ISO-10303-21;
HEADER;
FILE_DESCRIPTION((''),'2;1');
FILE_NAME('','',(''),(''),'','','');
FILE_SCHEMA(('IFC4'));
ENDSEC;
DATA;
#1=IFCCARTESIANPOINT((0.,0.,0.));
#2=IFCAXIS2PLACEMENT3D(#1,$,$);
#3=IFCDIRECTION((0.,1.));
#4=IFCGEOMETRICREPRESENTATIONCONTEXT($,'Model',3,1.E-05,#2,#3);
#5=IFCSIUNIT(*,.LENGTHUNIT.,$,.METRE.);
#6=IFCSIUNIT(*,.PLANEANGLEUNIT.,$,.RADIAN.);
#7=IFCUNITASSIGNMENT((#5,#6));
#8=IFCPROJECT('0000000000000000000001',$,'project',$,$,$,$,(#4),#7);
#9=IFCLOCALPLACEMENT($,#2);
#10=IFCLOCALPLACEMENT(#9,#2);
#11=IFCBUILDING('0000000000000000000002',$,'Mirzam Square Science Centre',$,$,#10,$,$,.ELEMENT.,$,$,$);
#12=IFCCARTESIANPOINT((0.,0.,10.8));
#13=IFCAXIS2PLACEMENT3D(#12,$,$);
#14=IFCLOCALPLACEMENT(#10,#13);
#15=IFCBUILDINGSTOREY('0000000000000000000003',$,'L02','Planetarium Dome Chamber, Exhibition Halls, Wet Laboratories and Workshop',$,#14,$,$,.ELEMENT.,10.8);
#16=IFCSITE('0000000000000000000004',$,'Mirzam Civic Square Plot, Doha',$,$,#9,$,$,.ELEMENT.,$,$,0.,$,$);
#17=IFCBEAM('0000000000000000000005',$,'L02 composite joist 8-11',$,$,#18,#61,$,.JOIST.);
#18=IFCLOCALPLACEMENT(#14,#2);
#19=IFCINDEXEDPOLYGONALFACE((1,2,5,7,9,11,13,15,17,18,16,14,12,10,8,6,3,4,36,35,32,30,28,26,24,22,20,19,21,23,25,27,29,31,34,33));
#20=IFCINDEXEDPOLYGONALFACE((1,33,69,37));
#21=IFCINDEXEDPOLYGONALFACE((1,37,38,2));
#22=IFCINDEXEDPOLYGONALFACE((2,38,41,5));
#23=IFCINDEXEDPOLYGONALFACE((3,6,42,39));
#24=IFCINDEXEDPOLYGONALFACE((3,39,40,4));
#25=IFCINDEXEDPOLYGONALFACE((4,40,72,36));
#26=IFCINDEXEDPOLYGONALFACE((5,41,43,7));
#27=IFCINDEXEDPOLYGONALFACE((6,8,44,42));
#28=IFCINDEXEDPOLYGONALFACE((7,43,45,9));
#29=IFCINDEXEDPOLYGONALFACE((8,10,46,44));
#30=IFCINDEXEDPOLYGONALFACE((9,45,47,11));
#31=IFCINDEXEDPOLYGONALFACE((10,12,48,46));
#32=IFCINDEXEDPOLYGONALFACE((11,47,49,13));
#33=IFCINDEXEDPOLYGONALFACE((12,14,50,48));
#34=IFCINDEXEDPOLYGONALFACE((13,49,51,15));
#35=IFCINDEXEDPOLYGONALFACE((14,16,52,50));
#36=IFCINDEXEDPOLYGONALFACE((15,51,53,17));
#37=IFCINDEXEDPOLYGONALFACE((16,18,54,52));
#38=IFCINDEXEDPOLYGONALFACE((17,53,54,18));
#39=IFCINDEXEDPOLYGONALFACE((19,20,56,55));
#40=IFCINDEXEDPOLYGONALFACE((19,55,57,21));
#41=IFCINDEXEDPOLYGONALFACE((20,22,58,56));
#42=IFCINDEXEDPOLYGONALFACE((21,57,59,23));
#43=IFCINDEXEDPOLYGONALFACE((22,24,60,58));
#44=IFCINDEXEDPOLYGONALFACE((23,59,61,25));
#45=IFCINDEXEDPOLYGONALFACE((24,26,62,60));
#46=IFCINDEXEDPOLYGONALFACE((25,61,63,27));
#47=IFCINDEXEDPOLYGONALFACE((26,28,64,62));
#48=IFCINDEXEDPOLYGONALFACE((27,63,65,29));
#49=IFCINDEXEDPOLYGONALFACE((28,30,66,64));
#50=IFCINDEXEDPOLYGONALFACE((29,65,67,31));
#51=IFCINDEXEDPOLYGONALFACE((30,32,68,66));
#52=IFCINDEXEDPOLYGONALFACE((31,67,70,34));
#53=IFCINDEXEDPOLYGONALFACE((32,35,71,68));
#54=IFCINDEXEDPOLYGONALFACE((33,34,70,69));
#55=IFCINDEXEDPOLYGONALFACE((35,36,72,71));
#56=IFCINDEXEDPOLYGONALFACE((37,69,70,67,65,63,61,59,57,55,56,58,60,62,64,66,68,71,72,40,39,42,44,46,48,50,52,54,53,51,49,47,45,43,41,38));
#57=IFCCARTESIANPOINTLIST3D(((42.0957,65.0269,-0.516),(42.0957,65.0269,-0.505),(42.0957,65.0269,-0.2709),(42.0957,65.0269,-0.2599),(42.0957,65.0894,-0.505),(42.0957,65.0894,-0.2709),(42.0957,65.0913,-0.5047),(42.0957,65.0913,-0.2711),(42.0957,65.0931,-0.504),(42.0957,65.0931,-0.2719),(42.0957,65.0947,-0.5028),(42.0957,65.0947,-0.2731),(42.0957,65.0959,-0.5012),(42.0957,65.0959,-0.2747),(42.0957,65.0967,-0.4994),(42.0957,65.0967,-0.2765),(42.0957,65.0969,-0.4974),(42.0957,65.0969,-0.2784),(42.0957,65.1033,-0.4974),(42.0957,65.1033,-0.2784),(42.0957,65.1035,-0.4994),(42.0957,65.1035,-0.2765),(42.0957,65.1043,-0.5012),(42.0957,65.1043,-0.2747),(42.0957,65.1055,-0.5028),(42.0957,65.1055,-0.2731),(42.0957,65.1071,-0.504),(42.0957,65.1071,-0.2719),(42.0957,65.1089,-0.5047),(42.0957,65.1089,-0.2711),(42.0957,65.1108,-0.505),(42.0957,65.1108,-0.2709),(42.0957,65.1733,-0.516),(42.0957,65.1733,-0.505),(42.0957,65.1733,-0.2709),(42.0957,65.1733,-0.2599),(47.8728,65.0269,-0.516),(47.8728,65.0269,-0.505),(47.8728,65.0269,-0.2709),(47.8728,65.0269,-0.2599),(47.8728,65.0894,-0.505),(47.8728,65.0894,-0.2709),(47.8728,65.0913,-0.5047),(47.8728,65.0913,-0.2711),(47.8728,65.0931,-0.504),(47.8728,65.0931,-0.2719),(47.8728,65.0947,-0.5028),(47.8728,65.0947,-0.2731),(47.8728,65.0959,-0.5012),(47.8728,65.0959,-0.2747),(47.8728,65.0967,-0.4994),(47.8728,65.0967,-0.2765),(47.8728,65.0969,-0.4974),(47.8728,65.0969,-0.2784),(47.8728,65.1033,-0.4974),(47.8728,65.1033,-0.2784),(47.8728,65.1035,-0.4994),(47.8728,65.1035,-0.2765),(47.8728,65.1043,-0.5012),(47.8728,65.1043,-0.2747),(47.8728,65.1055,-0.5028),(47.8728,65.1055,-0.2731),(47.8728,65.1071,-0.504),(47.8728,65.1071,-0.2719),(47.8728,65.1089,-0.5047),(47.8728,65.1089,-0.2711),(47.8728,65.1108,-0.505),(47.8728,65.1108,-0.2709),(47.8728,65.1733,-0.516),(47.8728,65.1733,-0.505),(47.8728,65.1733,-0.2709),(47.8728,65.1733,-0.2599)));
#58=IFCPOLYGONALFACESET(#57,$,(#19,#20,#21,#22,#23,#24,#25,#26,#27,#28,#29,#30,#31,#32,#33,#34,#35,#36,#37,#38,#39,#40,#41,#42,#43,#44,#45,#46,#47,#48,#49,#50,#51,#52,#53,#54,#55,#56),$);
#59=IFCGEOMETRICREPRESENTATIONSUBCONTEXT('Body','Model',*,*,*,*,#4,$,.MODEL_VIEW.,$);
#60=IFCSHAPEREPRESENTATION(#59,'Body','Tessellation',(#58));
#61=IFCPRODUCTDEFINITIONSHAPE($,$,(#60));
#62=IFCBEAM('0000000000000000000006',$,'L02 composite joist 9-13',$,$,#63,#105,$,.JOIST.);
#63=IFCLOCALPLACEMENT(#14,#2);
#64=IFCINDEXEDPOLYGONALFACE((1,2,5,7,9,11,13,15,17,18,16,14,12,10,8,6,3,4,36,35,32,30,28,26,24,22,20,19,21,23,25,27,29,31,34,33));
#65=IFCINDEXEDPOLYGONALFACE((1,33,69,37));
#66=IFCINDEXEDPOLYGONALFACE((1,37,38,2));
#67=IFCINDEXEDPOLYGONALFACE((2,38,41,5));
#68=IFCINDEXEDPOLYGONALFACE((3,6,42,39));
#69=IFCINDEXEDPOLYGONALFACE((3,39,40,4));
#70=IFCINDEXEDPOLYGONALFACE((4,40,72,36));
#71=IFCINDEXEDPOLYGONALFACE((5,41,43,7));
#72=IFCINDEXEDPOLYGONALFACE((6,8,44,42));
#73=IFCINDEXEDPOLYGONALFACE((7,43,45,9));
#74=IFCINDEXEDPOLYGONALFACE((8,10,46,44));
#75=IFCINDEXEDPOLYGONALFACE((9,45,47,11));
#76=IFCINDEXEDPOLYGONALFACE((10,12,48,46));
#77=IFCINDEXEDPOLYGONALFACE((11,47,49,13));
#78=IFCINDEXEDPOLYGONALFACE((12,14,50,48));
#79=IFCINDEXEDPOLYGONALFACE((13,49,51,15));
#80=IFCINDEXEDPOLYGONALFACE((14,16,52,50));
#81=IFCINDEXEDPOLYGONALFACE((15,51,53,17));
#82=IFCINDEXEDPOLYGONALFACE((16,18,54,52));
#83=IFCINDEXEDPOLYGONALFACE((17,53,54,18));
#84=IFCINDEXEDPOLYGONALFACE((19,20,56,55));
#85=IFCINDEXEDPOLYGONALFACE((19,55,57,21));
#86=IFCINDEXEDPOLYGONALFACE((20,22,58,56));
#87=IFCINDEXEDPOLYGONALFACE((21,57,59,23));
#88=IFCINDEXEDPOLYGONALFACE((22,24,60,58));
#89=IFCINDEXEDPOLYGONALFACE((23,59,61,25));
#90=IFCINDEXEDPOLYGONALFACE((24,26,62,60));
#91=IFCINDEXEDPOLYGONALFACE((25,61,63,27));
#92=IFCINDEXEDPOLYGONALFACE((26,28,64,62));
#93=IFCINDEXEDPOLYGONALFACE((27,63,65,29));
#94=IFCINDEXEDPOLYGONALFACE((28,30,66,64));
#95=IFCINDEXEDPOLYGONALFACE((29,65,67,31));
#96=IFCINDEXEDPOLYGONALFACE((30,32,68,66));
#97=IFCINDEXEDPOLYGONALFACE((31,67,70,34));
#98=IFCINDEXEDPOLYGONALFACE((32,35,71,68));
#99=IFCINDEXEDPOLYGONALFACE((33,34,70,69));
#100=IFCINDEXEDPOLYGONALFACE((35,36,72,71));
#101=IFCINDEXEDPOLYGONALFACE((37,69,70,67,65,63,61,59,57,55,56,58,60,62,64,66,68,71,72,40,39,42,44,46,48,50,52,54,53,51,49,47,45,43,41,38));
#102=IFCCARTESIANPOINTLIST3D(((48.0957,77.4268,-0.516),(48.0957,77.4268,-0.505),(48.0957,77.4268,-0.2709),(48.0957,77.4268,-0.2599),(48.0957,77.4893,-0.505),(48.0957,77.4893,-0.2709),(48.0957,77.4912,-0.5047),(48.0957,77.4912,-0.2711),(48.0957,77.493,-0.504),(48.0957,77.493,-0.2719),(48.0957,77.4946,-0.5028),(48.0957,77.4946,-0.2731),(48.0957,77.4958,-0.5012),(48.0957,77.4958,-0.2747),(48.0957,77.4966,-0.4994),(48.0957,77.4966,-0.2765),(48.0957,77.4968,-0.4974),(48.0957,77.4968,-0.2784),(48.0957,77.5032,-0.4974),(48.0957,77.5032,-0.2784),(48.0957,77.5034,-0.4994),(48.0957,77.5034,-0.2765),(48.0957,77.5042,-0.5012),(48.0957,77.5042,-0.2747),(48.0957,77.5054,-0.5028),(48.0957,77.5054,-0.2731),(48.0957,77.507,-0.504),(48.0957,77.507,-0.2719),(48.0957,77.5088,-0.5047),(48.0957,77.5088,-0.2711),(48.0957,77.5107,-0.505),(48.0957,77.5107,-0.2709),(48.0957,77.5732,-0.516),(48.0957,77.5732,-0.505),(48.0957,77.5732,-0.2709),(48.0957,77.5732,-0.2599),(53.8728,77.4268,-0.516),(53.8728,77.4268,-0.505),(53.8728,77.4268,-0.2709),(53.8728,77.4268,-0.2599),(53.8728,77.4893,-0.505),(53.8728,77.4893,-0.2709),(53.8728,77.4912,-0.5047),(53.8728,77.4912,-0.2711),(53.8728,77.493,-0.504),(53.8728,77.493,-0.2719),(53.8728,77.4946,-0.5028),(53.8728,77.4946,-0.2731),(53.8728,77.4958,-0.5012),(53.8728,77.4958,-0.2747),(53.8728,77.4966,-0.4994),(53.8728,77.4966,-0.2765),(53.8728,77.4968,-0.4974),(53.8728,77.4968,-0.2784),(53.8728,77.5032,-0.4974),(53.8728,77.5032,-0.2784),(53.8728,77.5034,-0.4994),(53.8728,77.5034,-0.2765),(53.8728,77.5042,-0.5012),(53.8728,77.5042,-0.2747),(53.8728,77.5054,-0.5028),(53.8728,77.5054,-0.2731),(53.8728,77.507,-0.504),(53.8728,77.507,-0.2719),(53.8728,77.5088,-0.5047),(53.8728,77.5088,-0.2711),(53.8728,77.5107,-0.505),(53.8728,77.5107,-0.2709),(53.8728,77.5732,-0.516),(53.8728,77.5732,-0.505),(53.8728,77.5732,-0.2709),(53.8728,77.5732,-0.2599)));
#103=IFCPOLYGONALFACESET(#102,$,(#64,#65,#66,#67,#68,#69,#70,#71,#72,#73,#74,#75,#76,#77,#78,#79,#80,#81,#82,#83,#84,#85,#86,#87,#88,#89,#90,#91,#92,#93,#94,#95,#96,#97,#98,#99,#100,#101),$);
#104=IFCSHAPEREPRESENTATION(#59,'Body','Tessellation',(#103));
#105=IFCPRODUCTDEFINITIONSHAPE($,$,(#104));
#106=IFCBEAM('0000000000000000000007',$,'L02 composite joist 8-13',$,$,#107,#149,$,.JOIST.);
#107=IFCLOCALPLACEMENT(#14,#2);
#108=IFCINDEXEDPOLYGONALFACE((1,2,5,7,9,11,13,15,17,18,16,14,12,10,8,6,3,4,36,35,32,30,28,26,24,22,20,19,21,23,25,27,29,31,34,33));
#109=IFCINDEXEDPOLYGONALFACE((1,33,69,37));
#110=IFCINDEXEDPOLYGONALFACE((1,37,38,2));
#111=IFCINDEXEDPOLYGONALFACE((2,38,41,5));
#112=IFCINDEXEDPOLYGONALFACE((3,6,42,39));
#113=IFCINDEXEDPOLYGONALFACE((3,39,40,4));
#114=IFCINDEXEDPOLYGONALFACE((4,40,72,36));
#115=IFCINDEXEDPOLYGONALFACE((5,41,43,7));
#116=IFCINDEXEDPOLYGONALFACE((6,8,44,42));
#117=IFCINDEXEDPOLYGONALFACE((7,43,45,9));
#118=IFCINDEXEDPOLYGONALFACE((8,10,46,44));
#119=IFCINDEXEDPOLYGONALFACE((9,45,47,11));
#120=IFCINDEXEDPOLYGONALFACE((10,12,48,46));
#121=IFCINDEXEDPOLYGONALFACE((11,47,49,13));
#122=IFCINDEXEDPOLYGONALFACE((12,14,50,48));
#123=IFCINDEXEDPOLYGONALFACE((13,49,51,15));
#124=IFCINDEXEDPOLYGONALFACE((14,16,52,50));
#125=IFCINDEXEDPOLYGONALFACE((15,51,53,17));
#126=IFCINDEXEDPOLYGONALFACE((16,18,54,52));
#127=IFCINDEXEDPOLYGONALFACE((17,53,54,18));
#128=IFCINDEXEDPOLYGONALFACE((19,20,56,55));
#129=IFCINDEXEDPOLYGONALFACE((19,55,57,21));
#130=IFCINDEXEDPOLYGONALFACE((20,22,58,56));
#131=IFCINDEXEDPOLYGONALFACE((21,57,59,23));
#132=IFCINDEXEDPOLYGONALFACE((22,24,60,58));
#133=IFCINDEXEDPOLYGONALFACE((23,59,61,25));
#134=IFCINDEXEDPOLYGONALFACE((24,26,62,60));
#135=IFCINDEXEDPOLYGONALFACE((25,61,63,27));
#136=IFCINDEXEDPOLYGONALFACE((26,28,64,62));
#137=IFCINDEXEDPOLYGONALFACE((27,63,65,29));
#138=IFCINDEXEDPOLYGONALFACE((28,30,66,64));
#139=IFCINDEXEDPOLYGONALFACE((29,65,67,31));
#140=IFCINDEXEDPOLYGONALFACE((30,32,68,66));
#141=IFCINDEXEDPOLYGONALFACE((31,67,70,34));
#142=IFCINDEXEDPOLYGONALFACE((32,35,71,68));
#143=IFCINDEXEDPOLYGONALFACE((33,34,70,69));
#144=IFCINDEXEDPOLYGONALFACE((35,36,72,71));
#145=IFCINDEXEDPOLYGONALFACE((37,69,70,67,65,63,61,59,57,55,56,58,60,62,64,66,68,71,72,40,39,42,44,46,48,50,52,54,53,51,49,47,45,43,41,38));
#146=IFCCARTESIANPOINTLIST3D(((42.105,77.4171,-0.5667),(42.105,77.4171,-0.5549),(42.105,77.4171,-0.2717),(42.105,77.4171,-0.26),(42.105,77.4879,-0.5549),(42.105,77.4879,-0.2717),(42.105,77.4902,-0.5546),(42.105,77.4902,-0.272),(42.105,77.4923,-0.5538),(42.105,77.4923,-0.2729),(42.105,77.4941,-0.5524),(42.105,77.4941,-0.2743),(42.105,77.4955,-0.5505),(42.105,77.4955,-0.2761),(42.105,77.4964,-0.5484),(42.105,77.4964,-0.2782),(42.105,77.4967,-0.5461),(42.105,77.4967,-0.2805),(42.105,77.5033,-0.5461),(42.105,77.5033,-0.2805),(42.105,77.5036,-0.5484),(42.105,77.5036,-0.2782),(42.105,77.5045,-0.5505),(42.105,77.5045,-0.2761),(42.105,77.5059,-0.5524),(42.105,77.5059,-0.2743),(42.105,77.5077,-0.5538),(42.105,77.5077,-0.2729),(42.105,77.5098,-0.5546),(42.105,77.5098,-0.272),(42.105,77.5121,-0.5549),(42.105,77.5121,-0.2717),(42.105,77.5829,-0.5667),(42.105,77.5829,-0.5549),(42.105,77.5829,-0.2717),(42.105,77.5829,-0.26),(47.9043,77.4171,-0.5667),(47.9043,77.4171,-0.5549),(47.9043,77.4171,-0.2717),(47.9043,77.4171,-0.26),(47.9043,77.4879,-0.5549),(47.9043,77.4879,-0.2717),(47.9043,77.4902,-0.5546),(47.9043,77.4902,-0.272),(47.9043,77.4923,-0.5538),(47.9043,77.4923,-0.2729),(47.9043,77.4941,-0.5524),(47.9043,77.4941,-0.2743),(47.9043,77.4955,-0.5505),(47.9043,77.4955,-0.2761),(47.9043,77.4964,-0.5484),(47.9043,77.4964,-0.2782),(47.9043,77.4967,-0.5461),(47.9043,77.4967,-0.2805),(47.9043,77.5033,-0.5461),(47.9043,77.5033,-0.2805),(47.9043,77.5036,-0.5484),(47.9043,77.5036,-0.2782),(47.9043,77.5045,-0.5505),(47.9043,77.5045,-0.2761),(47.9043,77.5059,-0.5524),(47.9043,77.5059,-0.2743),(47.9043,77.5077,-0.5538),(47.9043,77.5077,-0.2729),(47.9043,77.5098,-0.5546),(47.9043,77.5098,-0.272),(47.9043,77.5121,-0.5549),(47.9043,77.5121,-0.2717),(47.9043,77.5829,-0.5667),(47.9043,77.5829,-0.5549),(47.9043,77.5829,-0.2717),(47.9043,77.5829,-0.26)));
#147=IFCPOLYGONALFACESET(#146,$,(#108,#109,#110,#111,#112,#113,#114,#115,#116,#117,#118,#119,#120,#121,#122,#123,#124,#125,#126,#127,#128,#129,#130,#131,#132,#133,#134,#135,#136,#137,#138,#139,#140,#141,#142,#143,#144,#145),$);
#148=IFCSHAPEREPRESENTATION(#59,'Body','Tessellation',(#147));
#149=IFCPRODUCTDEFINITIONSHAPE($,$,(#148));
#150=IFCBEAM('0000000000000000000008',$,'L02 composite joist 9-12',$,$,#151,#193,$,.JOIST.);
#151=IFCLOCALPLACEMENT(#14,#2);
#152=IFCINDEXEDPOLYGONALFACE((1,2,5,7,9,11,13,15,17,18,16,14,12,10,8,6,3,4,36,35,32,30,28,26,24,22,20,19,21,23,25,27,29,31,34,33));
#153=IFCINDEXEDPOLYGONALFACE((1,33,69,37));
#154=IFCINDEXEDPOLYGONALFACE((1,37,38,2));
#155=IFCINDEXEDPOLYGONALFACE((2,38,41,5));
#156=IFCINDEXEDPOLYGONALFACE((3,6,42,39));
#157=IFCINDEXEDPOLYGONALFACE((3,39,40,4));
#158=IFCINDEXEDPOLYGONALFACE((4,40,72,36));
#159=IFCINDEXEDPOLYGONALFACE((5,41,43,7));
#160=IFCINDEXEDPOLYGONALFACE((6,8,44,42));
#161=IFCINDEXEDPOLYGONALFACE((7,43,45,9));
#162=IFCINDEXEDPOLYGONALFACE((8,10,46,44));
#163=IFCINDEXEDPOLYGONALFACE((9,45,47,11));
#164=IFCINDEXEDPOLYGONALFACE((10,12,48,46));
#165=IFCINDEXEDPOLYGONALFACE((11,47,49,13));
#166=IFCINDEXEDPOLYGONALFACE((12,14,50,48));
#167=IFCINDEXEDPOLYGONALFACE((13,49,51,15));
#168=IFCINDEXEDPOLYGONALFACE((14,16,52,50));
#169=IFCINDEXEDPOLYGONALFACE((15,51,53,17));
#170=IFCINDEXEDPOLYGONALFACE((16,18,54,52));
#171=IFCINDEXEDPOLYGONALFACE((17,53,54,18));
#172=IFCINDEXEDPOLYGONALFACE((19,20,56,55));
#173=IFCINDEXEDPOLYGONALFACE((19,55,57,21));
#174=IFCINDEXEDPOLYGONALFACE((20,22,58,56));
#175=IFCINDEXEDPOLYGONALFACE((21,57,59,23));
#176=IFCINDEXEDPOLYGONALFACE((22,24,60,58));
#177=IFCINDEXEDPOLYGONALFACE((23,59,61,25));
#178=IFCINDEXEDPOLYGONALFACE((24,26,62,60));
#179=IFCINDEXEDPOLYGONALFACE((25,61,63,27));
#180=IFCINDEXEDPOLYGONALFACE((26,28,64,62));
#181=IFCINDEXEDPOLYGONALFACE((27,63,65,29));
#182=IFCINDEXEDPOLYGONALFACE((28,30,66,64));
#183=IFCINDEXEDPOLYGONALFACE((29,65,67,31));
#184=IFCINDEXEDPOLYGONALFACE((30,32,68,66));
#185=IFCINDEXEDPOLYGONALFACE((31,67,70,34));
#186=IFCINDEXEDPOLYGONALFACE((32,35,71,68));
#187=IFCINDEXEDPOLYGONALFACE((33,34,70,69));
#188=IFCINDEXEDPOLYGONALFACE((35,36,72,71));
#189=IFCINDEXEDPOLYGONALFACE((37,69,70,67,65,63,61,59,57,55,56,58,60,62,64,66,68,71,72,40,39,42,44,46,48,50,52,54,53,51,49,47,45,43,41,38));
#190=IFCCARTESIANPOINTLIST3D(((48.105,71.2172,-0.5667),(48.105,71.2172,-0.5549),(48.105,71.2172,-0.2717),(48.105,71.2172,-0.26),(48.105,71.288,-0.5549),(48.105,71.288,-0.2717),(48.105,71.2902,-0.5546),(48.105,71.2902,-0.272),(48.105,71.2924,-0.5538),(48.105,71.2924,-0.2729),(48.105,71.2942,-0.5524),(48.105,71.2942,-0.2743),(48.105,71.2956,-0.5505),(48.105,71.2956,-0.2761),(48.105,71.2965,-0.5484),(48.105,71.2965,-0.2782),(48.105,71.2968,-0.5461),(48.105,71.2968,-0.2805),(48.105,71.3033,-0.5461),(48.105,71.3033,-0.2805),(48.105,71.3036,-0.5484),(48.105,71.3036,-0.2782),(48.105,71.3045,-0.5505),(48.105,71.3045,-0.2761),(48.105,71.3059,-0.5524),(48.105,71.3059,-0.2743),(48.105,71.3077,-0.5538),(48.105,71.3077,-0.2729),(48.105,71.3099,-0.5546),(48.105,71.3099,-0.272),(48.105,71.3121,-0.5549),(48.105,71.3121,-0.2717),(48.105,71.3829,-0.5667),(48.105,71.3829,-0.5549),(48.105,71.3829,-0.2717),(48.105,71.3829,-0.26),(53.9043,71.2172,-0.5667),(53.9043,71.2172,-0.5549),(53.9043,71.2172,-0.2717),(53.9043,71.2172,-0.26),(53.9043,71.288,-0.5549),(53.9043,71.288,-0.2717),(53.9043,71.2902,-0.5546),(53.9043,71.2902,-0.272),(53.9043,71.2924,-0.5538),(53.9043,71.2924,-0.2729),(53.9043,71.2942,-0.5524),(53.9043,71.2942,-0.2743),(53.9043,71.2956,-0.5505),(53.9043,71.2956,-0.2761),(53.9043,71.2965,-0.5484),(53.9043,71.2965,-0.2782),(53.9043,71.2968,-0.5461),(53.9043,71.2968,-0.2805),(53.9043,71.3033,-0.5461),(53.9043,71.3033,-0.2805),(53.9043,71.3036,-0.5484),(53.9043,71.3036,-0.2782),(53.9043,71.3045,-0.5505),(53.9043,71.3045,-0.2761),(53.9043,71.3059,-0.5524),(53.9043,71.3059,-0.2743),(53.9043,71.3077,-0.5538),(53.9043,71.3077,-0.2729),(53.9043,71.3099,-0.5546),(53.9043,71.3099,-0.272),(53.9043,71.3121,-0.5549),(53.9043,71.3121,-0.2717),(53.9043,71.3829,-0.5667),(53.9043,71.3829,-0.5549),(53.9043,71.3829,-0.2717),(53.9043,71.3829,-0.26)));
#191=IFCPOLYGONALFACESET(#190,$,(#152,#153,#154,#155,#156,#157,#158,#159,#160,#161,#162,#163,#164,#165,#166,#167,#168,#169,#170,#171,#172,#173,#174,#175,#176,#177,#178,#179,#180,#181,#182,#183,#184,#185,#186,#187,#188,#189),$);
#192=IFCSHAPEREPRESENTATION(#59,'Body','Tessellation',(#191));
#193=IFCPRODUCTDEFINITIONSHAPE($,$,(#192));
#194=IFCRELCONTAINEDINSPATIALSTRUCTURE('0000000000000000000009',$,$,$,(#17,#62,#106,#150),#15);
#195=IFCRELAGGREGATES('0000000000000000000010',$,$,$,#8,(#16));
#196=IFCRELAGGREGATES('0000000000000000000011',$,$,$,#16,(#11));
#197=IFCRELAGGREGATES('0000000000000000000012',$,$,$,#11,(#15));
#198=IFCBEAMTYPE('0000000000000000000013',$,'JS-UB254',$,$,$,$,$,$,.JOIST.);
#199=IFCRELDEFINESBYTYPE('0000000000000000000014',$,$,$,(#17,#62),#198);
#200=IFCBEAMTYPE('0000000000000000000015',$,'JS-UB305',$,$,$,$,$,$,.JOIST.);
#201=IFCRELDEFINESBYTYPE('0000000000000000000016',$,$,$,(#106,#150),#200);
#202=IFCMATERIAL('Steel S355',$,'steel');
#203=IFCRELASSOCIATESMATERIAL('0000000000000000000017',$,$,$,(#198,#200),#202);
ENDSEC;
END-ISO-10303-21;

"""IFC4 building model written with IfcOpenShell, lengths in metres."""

from ifc_helpers import new_model, si_unit, direction, frame, origin, origin_2d, place, context, subcontext, project, spatial, i_section, extrude, material, material_profile, profile_set, type_object, element, save


model = new_model("IFC4")

# Units and contexts
model_context = context("Model", 3, precision=1e-05, world=origin(), true_north=direction((0.0, 1.0)))
body_context = subcontext(model_context, "Body", "Model", "MODEL_VIEW")
ifc_project = project(units=[si_unit("LENGTHUNIT", "METRE"), si_unit("PLANEANGLEUNIT", "RADIAN")], contexts=[model_context])

# Site, building, storey
site_placement = place(None, origin())
site = spatial("IfcSite", under=ifc_project, at=site_placement, Name="Mirzam Civic Square Plot, Doha", CompositionType="ELEMENT", RefElevation=0.0)
building_placement = place(site_placement, origin())
building = spatial("IfcBuilding", under=site, at=building_placement, Name="Mirzam Square Science Centre", CompositionType="ELEMENT")
storey_placement = place(building_placement, frame((0.0, 0.0, 10.8)))
storey = spatial("IfcBuildingStorey", under=building, at=storey_placement, Name="L02", Description="Planetarium Dome Chamber, Exhibition Halls, Wet Laboratories and Workshop", CompositionType="ELEMENT", Elevation=10.8)

# Shared definitions
ifc_material_1 = material(Name="Steel S355", Category="steel")

# Beams
ifc_material_profile_1 = material_profile(ifc_material_1, i_section(OverallWidth=0.1465, OverallDepth=0.2561, WebThickness=0.0063, FlangeThickness=0.011, FilletRadius=0.0076, at=origin_2d()), Name="254x146x37UB")
ifc_profile_set_1 = profile_set([ifc_material_profile_1], Name="Steel S355")
beam_type_1 = type_object("IfcBeamType", Name="JS-UB254", PredefinedType="JOIST", material=ifc_profile_set_1)
for number, where, z_axis, x_axis, name in (
    (1, (42.0957, 65.1001, -0.3879), (1.0, 0.0, 0.0), (0.0, 1.0, 0.0), "L02 composite joist 8-11"),
    (2, (48.0957, 77.5, -0.3879), (1.0, 0.0, 0.0), (0.0, 1.0, 0.0), "L02 composite joist 9-13"),
):
    element("IfcBeam", number, at=place(storey_placement, frame(where, z_axis=z_axis, x_axis=x_axis)), inside=storey, type_object=beam_type_1, Name=name, PredefinedType="JOIST", context=body_context, shape_type="SweptSolid", body=[
        extrude(i_section(OverallWidth=0.1465, OverallDepth=0.2561, WebThickness=0.0063, FlangeThickness=0.011, FilletRadius=0.0076, at=origin_2d()), origin(), (0.0, 0.0, 1.0), 5.7771),
    ])
ifc_material_profile_2 = material_profile(ifc_material_1, i_section(OverallWidth=0.1658, OverallDepth=0.3066, WebThickness=0.0066, FlangeThickness=0.0117, FilletRadius=0.0088, at=origin_2d()), Name="305x165x46UB")
ifc_profile_set_2 = profile_set([ifc_material_profile_2], Name="Steel S355")
beam_type_2 = type_object("IfcBeamType", Name="JS-UB305", PredefinedType="JOIST", material=ifc_profile_set_2)
for number, where, z_axis, x_axis, name in (
    (3, (42.105, 77.5, -0.4133), (1.0, 0.0, 0.0), (0.0, 1.0, 0.0), "L02 composite joist 8-13"),
    (4, (48.105, 71.3, -0.4133), (1.0, 0.0, 0.0), (0.0, 1.0, 0.0), "L02 composite joist 9-12"),
):
    element("IfcBeam", number, at=place(storey_placement, frame(where, z_axis=z_axis, x_axis=x_axis)), inside=storey, type_object=beam_type_2, Name=name, PredefinedType="JOIST", context=body_context, shape_type="SweptSolid", body=[
        extrude(i_section(OverallWidth=0.1658, OverallDepth=0.3066, WebThickness=0.0066, FlangeThickness=0.0117, FilletRadius=0.0088, at=origin_2d()), origin(), (0.0, 0.0, 1.0), 5.7993),
    ])

save(model, "model.ifc")
